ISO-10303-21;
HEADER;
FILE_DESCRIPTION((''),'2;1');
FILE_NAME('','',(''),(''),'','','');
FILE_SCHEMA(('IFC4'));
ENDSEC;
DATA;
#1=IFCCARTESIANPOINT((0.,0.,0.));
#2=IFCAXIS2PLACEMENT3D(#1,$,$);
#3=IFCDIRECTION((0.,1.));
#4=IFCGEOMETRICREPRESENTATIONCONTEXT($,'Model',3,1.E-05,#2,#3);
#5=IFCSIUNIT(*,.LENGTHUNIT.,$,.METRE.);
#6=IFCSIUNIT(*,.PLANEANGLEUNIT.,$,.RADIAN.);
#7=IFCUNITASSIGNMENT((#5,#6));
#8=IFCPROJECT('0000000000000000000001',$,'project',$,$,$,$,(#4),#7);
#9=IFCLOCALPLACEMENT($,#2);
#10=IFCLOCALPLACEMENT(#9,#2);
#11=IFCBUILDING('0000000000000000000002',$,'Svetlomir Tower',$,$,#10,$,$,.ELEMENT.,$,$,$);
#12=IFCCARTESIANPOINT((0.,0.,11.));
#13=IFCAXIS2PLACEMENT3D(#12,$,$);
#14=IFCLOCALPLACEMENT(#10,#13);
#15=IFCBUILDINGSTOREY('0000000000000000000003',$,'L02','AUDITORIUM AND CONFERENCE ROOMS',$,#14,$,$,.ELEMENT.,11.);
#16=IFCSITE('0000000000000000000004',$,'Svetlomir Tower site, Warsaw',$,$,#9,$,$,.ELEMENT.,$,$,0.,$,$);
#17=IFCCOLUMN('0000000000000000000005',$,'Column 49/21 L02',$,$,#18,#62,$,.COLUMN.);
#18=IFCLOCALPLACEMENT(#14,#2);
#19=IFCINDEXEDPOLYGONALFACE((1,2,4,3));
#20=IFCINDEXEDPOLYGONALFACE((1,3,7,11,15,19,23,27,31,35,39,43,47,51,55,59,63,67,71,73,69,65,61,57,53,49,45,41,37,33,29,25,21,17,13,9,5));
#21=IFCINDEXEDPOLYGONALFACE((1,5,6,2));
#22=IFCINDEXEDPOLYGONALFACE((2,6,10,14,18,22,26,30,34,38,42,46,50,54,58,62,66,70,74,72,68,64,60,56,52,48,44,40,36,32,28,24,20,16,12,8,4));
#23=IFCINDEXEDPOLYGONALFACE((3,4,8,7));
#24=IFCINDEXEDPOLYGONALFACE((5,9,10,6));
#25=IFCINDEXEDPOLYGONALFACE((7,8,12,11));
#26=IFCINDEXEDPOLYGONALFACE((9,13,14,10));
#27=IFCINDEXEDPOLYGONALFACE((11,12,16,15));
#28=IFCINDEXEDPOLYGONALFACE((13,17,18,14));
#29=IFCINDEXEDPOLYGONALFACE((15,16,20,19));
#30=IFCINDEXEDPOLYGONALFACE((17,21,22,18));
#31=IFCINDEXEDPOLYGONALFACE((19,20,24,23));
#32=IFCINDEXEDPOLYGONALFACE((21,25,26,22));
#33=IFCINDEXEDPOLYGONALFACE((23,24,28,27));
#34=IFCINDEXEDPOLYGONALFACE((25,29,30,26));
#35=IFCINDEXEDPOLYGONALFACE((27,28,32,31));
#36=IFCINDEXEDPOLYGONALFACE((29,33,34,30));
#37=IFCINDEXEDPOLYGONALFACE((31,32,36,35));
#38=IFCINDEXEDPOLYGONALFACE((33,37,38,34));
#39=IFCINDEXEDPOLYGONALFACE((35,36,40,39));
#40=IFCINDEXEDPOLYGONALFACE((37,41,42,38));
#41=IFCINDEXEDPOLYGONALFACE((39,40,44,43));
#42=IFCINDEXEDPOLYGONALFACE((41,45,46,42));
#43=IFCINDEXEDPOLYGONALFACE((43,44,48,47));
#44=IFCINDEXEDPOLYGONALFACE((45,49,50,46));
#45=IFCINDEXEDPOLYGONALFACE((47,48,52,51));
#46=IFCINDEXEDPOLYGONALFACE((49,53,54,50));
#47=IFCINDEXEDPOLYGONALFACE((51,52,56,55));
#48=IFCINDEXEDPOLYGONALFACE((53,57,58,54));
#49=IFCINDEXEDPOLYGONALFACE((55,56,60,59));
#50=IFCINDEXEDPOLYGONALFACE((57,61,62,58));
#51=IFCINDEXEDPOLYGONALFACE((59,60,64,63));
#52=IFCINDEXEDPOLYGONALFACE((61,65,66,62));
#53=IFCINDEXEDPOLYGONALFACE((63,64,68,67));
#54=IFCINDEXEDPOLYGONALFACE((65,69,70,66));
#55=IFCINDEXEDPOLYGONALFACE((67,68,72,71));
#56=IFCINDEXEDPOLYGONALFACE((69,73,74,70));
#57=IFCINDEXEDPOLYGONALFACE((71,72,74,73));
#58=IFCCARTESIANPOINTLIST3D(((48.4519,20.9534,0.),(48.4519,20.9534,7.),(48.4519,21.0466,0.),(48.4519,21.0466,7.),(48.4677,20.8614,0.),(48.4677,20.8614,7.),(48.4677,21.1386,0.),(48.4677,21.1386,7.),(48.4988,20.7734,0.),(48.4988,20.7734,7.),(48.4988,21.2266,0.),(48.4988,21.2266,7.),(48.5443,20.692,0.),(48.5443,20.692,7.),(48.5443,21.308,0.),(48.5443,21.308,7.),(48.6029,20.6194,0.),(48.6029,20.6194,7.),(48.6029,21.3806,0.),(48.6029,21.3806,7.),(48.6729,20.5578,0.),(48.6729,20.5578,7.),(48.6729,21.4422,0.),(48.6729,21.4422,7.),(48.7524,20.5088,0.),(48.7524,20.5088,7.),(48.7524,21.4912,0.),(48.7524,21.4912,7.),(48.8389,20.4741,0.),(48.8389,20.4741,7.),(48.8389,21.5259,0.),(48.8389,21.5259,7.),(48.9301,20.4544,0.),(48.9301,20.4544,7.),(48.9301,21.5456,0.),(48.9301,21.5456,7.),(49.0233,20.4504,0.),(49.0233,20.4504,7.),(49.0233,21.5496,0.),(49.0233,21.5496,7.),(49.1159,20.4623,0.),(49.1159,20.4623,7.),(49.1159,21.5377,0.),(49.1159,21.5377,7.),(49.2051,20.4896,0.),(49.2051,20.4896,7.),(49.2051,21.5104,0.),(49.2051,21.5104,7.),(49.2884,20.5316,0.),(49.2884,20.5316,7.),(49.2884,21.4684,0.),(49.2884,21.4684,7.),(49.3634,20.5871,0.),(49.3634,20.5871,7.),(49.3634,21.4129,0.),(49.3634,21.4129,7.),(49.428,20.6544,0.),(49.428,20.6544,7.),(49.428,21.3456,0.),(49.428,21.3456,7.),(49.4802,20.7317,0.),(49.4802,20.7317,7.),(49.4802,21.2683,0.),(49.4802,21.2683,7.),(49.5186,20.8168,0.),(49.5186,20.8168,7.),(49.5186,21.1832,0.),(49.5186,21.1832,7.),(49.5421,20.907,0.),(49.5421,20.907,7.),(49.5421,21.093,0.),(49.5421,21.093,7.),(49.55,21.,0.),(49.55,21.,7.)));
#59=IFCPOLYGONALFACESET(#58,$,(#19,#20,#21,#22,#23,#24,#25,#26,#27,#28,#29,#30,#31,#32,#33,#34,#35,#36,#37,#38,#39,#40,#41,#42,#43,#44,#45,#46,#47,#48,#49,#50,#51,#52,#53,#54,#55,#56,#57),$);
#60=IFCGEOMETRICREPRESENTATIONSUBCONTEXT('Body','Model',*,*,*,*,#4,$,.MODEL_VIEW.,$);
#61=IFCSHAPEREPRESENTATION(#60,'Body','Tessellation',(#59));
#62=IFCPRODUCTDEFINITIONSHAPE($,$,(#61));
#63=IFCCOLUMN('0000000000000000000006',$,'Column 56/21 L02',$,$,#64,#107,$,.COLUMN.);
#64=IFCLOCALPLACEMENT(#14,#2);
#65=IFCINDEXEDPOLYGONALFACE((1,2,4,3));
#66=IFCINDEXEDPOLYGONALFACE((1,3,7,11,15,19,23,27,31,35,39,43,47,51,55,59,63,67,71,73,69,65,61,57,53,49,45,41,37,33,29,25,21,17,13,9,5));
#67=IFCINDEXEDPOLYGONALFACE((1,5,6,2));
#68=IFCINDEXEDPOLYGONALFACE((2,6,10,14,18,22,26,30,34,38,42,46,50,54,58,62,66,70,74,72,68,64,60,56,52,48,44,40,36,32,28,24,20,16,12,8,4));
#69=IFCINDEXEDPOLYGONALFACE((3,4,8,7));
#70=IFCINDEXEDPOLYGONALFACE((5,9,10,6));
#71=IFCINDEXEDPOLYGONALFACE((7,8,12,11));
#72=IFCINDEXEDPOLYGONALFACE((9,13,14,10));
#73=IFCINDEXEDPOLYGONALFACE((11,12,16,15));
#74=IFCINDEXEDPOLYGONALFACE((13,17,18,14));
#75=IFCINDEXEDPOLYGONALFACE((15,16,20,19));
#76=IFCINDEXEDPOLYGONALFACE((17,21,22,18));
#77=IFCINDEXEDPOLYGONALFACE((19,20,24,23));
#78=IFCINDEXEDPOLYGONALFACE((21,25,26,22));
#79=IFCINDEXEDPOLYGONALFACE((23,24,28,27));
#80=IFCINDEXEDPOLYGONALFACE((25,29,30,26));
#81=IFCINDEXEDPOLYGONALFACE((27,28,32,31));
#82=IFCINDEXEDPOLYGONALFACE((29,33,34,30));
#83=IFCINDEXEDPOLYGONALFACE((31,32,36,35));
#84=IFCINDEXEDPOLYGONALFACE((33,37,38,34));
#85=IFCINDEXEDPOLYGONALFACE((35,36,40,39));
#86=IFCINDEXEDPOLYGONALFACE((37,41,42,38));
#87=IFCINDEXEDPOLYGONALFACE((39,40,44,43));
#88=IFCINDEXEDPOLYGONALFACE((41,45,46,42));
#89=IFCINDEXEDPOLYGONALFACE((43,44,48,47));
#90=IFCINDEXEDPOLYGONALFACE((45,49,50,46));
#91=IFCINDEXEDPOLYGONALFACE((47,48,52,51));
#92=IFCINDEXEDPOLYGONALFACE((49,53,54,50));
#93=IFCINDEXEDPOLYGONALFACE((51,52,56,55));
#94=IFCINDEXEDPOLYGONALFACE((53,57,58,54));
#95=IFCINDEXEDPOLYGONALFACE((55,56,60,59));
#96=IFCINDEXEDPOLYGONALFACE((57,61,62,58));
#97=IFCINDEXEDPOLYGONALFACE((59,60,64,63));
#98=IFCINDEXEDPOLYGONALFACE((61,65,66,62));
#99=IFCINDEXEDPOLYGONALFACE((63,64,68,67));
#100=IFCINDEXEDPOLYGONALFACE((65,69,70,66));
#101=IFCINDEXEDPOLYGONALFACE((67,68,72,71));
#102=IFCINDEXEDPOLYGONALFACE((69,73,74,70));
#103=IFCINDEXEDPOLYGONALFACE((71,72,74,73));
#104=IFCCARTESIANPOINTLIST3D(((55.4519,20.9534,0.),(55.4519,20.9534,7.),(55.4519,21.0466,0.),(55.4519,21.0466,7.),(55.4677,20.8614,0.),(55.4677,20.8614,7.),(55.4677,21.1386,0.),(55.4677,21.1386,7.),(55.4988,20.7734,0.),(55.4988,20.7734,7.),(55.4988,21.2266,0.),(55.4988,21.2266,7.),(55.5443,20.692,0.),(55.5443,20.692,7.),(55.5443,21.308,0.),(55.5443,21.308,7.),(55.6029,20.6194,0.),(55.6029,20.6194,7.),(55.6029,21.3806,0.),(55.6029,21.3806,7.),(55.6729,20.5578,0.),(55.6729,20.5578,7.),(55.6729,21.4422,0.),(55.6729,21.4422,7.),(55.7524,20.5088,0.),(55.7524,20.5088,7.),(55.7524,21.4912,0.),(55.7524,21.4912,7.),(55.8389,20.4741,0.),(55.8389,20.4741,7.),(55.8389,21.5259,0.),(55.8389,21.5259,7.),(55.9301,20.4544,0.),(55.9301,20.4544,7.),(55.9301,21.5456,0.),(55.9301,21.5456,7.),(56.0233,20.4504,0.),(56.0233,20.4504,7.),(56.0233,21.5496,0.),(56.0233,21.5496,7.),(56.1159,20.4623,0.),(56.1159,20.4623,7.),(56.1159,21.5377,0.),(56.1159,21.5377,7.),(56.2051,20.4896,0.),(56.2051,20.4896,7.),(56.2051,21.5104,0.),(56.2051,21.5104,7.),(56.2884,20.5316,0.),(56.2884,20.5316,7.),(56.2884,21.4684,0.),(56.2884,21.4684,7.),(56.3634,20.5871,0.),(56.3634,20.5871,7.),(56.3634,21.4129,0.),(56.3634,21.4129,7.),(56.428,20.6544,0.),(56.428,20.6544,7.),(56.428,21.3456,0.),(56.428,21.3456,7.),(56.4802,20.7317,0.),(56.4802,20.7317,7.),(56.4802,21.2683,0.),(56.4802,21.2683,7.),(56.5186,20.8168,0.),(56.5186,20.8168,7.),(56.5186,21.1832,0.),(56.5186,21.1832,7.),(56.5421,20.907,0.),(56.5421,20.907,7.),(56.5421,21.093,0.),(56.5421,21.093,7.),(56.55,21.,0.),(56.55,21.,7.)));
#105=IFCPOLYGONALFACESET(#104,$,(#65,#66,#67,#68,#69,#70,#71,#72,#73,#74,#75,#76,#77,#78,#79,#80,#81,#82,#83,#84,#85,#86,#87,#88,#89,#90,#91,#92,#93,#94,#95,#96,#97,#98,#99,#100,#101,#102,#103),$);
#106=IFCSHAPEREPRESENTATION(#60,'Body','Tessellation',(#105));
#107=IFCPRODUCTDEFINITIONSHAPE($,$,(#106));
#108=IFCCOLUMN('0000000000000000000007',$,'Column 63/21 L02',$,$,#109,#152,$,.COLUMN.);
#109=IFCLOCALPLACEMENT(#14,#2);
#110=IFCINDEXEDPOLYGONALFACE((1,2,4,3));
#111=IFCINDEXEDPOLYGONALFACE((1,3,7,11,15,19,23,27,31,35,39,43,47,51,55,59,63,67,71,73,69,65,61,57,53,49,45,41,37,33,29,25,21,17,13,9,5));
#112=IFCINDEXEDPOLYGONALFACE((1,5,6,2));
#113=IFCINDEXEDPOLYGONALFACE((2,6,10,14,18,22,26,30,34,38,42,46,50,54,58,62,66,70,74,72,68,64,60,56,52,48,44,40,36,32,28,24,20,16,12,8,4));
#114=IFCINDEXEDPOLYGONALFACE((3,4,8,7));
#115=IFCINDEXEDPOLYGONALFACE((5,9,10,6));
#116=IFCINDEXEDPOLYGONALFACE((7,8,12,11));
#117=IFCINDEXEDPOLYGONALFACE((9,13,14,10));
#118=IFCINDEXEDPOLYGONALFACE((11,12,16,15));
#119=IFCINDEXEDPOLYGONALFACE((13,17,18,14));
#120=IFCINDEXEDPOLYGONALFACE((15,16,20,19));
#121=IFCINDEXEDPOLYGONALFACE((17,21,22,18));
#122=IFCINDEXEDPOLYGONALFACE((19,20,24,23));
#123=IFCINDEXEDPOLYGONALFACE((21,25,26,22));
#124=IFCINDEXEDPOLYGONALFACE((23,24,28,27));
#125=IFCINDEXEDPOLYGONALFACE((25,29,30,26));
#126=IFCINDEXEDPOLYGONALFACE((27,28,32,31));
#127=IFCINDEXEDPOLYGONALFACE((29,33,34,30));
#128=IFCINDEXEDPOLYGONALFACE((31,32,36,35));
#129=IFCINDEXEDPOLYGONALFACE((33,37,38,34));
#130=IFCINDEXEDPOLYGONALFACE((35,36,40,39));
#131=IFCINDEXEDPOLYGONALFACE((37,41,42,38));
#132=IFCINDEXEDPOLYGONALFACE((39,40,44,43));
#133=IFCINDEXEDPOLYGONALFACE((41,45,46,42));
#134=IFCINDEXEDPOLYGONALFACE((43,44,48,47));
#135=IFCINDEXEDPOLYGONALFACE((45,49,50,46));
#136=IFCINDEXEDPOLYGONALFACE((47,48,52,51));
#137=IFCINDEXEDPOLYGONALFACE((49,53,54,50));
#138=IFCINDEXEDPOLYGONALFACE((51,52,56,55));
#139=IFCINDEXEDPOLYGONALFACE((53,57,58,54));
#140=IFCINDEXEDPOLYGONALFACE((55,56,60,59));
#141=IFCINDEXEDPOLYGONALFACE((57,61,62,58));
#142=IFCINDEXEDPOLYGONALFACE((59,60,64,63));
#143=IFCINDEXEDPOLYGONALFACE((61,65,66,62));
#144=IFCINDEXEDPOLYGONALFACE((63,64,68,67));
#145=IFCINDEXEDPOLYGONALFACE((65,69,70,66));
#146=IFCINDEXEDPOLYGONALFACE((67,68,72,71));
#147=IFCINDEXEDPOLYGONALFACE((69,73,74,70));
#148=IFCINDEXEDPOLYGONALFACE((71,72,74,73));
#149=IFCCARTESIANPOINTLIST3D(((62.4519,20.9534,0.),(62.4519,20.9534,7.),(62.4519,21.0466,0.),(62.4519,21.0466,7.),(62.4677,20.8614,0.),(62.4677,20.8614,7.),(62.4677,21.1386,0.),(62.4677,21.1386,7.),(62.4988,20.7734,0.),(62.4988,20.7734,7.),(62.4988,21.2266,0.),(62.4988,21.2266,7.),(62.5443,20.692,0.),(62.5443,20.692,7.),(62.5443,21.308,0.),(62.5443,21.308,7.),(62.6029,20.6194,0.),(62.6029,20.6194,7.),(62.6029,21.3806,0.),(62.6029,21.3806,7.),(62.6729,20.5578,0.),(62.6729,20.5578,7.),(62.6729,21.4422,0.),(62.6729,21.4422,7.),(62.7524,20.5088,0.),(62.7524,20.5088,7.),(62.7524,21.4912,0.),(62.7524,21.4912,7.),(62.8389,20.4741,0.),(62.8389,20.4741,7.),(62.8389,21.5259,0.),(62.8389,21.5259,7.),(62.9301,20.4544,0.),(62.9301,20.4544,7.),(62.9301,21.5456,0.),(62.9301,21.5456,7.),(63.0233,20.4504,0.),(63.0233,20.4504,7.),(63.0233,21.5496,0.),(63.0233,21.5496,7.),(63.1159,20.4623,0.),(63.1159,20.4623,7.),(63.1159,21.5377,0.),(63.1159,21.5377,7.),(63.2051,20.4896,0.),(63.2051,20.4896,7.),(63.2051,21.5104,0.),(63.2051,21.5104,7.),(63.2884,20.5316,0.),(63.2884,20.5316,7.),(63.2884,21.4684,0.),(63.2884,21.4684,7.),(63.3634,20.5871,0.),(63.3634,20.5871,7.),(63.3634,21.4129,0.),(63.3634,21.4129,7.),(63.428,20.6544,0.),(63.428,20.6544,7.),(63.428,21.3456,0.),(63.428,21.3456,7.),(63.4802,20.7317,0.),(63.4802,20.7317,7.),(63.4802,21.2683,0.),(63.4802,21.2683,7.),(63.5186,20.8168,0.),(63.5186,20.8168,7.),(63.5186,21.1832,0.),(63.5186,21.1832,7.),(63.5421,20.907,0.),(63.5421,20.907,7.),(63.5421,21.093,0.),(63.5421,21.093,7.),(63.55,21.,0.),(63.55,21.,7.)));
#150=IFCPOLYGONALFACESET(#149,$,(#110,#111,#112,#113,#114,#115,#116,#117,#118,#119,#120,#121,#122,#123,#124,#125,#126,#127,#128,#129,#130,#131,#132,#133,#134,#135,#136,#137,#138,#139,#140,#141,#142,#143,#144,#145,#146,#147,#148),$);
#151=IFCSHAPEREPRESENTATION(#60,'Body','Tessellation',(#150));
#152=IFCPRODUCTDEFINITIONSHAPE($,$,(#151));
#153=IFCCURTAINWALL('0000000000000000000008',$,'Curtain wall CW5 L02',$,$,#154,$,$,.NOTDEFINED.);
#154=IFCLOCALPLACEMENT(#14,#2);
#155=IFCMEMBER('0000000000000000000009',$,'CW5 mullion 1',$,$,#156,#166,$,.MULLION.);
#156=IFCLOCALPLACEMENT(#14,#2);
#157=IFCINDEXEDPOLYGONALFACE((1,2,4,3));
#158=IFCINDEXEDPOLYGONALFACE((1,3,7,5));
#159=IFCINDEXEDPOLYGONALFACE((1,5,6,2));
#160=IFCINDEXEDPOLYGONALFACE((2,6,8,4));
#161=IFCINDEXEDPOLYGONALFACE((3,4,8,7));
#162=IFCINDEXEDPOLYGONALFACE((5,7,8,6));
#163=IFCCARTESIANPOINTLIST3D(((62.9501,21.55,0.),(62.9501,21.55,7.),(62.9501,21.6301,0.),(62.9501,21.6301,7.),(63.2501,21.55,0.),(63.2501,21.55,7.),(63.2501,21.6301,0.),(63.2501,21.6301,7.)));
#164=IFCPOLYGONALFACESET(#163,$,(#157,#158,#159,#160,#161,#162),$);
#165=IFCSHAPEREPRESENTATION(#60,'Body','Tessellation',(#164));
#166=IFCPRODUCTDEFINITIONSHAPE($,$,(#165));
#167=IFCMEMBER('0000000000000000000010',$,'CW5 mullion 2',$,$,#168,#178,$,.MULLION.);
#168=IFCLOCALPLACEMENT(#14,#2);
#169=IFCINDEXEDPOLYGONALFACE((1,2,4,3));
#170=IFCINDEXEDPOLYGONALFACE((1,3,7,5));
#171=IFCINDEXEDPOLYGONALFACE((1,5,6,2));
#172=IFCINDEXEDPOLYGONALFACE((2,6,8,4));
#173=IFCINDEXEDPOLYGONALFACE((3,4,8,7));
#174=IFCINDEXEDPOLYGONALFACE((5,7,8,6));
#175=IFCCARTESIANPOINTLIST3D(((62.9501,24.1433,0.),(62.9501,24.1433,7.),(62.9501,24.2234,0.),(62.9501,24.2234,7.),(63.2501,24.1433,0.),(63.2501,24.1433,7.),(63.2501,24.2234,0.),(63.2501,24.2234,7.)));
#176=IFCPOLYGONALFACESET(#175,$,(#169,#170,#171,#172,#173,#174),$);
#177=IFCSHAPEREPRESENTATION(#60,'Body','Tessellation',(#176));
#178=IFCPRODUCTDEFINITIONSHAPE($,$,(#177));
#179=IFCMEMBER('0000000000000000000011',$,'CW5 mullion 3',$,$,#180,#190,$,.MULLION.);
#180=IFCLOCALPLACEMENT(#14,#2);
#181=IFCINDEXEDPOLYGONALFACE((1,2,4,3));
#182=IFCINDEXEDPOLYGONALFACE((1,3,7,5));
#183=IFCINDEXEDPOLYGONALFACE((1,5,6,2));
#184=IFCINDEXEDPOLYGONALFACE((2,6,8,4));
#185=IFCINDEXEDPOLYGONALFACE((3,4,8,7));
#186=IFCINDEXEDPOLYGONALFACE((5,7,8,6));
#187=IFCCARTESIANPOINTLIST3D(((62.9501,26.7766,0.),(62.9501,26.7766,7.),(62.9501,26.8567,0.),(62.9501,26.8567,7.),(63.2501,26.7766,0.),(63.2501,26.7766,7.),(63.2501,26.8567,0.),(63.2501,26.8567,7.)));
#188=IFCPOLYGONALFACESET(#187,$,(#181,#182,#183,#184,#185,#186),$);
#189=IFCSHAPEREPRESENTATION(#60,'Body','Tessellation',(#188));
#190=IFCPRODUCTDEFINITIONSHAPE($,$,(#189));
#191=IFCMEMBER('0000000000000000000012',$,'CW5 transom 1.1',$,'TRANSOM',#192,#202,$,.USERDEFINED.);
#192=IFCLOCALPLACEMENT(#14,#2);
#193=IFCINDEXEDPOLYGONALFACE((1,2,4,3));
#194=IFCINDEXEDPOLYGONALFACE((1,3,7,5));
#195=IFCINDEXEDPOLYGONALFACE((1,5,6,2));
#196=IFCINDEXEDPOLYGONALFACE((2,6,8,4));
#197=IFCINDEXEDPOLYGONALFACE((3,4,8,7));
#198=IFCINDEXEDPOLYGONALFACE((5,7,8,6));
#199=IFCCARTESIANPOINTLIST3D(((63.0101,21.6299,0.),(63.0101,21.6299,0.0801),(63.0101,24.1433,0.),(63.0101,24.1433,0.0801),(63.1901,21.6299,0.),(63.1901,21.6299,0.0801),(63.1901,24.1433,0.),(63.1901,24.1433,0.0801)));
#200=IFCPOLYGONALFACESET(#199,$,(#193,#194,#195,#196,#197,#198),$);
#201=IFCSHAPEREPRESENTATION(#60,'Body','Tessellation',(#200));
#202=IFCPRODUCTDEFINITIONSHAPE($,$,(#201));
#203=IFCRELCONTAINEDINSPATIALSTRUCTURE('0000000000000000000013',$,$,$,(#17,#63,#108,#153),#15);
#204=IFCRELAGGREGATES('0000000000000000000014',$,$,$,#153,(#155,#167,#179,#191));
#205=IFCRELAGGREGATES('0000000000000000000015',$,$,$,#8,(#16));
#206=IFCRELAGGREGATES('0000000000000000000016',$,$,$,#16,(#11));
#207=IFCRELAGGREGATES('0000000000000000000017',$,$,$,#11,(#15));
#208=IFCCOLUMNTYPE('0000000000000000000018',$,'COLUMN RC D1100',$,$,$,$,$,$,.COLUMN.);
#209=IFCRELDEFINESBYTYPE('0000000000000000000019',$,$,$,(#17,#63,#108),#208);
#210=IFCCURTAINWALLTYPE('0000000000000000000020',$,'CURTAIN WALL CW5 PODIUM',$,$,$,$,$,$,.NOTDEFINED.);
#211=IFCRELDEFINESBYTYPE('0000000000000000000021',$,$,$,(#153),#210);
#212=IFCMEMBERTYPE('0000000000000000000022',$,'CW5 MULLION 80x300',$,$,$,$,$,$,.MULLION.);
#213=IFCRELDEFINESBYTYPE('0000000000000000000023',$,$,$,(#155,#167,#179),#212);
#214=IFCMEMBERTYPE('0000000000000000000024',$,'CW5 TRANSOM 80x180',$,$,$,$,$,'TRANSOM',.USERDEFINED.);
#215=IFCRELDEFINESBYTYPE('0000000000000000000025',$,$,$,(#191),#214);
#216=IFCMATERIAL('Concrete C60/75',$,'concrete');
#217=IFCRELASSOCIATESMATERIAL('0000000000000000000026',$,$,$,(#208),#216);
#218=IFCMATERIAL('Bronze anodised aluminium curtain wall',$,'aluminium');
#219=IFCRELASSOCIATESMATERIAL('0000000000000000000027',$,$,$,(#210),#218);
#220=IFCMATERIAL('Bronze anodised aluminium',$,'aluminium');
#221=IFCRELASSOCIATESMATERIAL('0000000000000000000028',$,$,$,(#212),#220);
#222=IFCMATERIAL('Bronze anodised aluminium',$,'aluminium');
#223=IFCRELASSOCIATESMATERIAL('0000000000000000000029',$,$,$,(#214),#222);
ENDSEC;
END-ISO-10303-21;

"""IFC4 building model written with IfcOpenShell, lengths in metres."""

from ifc_helpers import new_model, si_unit, direction, frame, origin, origin_2d, place, context, subcontext, project, spatial, rectangle, circle, extrude, material, material_profile, profile_set, type_object, element, aggregate, save


model = new_model("IFC4")

# Units and contexts
model_context = context("Model", 3, precision=1e-05, world=origin(), true_north=direction((0.0, 1.0)))
body_context = subcontext(model_context, "Body", "Model", "MODEL_VIEW")
ifc_project = project(units=[si_unit("LENGTHUNIT", "METRE"), si_unit("PLANEANGLEUNIT", "RADIAN")], contexts=[model_context])

# Site, building, storey
site_placement = place(None, origin())
site = spatial("IfcSite", under=ifc_project, at=site_placement, Name="Svetlomir Tower site, Warsaw", CompositionType="ELEMENT", RefElevation=0.0)
building_placement = place(site_placement, origin())
building = spatial("IfcBuilding", under=site, at=building_placement, Name="Svetlomir Tower", CompositionType="ELEMENT")
storey_placement = place(building_placement, frame((0.0, 0.0, 11.0)))
storey = spatial("IfcBuildingStorey", under=building, at=storey_placement, Name="L02", Description="AUDITORIUM AND CONFERENCE ROOMS", CompositionType="ELEMENT", Elevation=11.0)

# Columns
ifc_material_1 = material(Name="Concrete C60/75", Category="concrete")
ifc_material_profile_1 = material_profile(ifc_material_1, circle(Radius=0.55, at=origin_2d()), Name="RC D1100")
ifc_profile_set_1 = profile_set([ifc_material_profile_1], Name="Concrete C60/75")
column_type = type_object("IfcColumnType", Name="COLUMN RC D1100", PredefinedType="COLUMN", material=ifc_profile_set_1)
for number, where, z_axis, x_axis, name in (
    (1, (49.0, 21.0, 0.0), (0.0, 0.0, 1.0), (1.0, 0.0, 0.0), "Column 49/21 L02"),
    (2, (56.0, 21.0, 0.0), (0.0, 0.0, 1.0), (1.0, 0.0, 0.0), "Column 56/21 L02"),
    (3, (63.0, 21.0, 0.0), (0.0, 0.0, 1.0), (1.0, 0.0, 0.0), "Column 63/21 L02"),
):
    element("IfcColumn", number, at=place(storey_placement, frame(where, z_axis=z_axis, x_axis=x_axis)), inside=storey, type_object=column_type, Name=name, PredefinedType="COLUMN", context=body_context, shape_type="SweptSolid", body=[
        extrude(circle(Radius=0.55, at=origin_2d()), origin(), (0.0, 0.0, 1.0), 7.0),
    ])

# Curtain wall, members
ifc_material_2 = material(Name="Bronze anodised aluminium curtain wall", Category="aluminium")
curtain_wall_type = type_object("IfcCurtainWallType", Name="CURTAIN WALL CW5 PODIUM", PredefinedType="NOTDEFINED", material=ifc_material_2)
curtain_wall_placement = place(storey_placement, origin())
curtain_wall = element("IfcCurtainWall", 4, at=curtain_wall_placement, inside=storey, type_object=curtain_wall_type, Name="Curtain wall CW5 L02", PredefinedType="NOTDEFINED")
ifc_material_3 = material(Name="Bronze anodised aluminium", Category="aluminium")
ifc_material_profile_2 = material_profile(ifc_material_3, rectangle(XDim=0.0801, YDim=0.3, at=origin_2d()), Name="AL 80x300")
ifc_profile_set_2 = profile_set([ifc_material_profile_2], Name="Bronze anodised aluminium 6063-T6")
member_type_1 = type_object("IfcMemberType", Name="CW5 MULLION 80x300", PredefinedType="MULLION", material=ifc_profile_set_2)
member_1_placement = place(storey_placement, frame((63.1001, 21.5901, 0.0), z_axis=(0.0, 0.0, 1.0), x_axis=(0.0, 1.0, 0.0)))
member_1 = element("IfcMember", 5, at=member_1_placement, type_object=member_type_1, Name="CW5 mullion 1", PredefinedType="MULLION", context=body_context, shape_type="SweptSolid", body=[
    extrude(rectangle(XDim=0.0801, YDim=0.3, at=origin_2d()), origin(), (0.0, 0.0, 1.0), 7.0),
])
member_2_placement = place(storey_placement, frame((63.1001, 24.1833, 0.0), z_axis=(0.0, 0.0, 1.0), x_axis=(0.0, 1.0, 0.0)))
member_2 = element("IfcMember", 6, at=member_2_placement, type_object=member_type_1, Name="CW5 mullion 2", PredefinedType="MULLION", context=body_context, shape_type="SweptSolid", body=[
    extrude(rectangle(XDim=0.0801, YDim=0.3, at=origin_2d()), origin(), (0.0, 0.0, 1.0), 7.0),
])
member_3_placement = place(storey_placement, frame((63.1001, 26.8167, 0.0), z_axis=(0.0, 0.0, 1.0), x_axis=(0.0, 1.0, 0.0)))
member_3 = element("IfcMember", 7, at=member_3_placement, type_object=member_type_1, Name="CW5 mullion 3", PredefinedType="MULLION", context=body_context, shape_type="SweptSolid", body=[
    extrude(rectangle(XDim=0.0801, YDim=0.3, at=origin_2d()), origin(), (0.0, 0.0, 1.0), 7.0),
])
ifc_material_4 = material(Name="Bronze anodised aluminium", Category="aluminium")
ifc_material_profile_3 = material_profile(ifc_material_4, rectangle(XDim=0.1799, YDim=0.0801, at=origin_2d()), Name="AL 180x80")
ifc_profile_set_3 = profile_set([ifc_material_profile_3], Name="Bronze anodised aluminium 6063-T6")
member_type_2 = type_object("IfcMemberType", Name="CW5 TRANSOM 80x180", ElementType="TRANSOM", PredefinedType="USERDEFINED", material=ifc_profile_set_3)
member_4_placement = place(storey_placement, frame((63.1001, 21.6299, 0.04), z_axis=(0.0, 1.0, 0.0), x_axis=(-1.0, 0.0, 0.0)))
member_4 = element("IfcMember", 8, at=member_4_placement, type_object=member_type_2, Name="CW5 transom 1.1", ObjectType="TRANSOM", PredefinedType="USERDEFINED", context=body_context, shape_type="SweptSolid", body=[
    extrude(rectangle(XDim=0.1799, YDim=0.0801, at=origin_2d()), origin(), (0.0, 0.0, 1.0), 2.5134),
])

aggregate(curtain_wall, [member_1, member_2, member_3, member_4])

save(model, "model.ifc")
